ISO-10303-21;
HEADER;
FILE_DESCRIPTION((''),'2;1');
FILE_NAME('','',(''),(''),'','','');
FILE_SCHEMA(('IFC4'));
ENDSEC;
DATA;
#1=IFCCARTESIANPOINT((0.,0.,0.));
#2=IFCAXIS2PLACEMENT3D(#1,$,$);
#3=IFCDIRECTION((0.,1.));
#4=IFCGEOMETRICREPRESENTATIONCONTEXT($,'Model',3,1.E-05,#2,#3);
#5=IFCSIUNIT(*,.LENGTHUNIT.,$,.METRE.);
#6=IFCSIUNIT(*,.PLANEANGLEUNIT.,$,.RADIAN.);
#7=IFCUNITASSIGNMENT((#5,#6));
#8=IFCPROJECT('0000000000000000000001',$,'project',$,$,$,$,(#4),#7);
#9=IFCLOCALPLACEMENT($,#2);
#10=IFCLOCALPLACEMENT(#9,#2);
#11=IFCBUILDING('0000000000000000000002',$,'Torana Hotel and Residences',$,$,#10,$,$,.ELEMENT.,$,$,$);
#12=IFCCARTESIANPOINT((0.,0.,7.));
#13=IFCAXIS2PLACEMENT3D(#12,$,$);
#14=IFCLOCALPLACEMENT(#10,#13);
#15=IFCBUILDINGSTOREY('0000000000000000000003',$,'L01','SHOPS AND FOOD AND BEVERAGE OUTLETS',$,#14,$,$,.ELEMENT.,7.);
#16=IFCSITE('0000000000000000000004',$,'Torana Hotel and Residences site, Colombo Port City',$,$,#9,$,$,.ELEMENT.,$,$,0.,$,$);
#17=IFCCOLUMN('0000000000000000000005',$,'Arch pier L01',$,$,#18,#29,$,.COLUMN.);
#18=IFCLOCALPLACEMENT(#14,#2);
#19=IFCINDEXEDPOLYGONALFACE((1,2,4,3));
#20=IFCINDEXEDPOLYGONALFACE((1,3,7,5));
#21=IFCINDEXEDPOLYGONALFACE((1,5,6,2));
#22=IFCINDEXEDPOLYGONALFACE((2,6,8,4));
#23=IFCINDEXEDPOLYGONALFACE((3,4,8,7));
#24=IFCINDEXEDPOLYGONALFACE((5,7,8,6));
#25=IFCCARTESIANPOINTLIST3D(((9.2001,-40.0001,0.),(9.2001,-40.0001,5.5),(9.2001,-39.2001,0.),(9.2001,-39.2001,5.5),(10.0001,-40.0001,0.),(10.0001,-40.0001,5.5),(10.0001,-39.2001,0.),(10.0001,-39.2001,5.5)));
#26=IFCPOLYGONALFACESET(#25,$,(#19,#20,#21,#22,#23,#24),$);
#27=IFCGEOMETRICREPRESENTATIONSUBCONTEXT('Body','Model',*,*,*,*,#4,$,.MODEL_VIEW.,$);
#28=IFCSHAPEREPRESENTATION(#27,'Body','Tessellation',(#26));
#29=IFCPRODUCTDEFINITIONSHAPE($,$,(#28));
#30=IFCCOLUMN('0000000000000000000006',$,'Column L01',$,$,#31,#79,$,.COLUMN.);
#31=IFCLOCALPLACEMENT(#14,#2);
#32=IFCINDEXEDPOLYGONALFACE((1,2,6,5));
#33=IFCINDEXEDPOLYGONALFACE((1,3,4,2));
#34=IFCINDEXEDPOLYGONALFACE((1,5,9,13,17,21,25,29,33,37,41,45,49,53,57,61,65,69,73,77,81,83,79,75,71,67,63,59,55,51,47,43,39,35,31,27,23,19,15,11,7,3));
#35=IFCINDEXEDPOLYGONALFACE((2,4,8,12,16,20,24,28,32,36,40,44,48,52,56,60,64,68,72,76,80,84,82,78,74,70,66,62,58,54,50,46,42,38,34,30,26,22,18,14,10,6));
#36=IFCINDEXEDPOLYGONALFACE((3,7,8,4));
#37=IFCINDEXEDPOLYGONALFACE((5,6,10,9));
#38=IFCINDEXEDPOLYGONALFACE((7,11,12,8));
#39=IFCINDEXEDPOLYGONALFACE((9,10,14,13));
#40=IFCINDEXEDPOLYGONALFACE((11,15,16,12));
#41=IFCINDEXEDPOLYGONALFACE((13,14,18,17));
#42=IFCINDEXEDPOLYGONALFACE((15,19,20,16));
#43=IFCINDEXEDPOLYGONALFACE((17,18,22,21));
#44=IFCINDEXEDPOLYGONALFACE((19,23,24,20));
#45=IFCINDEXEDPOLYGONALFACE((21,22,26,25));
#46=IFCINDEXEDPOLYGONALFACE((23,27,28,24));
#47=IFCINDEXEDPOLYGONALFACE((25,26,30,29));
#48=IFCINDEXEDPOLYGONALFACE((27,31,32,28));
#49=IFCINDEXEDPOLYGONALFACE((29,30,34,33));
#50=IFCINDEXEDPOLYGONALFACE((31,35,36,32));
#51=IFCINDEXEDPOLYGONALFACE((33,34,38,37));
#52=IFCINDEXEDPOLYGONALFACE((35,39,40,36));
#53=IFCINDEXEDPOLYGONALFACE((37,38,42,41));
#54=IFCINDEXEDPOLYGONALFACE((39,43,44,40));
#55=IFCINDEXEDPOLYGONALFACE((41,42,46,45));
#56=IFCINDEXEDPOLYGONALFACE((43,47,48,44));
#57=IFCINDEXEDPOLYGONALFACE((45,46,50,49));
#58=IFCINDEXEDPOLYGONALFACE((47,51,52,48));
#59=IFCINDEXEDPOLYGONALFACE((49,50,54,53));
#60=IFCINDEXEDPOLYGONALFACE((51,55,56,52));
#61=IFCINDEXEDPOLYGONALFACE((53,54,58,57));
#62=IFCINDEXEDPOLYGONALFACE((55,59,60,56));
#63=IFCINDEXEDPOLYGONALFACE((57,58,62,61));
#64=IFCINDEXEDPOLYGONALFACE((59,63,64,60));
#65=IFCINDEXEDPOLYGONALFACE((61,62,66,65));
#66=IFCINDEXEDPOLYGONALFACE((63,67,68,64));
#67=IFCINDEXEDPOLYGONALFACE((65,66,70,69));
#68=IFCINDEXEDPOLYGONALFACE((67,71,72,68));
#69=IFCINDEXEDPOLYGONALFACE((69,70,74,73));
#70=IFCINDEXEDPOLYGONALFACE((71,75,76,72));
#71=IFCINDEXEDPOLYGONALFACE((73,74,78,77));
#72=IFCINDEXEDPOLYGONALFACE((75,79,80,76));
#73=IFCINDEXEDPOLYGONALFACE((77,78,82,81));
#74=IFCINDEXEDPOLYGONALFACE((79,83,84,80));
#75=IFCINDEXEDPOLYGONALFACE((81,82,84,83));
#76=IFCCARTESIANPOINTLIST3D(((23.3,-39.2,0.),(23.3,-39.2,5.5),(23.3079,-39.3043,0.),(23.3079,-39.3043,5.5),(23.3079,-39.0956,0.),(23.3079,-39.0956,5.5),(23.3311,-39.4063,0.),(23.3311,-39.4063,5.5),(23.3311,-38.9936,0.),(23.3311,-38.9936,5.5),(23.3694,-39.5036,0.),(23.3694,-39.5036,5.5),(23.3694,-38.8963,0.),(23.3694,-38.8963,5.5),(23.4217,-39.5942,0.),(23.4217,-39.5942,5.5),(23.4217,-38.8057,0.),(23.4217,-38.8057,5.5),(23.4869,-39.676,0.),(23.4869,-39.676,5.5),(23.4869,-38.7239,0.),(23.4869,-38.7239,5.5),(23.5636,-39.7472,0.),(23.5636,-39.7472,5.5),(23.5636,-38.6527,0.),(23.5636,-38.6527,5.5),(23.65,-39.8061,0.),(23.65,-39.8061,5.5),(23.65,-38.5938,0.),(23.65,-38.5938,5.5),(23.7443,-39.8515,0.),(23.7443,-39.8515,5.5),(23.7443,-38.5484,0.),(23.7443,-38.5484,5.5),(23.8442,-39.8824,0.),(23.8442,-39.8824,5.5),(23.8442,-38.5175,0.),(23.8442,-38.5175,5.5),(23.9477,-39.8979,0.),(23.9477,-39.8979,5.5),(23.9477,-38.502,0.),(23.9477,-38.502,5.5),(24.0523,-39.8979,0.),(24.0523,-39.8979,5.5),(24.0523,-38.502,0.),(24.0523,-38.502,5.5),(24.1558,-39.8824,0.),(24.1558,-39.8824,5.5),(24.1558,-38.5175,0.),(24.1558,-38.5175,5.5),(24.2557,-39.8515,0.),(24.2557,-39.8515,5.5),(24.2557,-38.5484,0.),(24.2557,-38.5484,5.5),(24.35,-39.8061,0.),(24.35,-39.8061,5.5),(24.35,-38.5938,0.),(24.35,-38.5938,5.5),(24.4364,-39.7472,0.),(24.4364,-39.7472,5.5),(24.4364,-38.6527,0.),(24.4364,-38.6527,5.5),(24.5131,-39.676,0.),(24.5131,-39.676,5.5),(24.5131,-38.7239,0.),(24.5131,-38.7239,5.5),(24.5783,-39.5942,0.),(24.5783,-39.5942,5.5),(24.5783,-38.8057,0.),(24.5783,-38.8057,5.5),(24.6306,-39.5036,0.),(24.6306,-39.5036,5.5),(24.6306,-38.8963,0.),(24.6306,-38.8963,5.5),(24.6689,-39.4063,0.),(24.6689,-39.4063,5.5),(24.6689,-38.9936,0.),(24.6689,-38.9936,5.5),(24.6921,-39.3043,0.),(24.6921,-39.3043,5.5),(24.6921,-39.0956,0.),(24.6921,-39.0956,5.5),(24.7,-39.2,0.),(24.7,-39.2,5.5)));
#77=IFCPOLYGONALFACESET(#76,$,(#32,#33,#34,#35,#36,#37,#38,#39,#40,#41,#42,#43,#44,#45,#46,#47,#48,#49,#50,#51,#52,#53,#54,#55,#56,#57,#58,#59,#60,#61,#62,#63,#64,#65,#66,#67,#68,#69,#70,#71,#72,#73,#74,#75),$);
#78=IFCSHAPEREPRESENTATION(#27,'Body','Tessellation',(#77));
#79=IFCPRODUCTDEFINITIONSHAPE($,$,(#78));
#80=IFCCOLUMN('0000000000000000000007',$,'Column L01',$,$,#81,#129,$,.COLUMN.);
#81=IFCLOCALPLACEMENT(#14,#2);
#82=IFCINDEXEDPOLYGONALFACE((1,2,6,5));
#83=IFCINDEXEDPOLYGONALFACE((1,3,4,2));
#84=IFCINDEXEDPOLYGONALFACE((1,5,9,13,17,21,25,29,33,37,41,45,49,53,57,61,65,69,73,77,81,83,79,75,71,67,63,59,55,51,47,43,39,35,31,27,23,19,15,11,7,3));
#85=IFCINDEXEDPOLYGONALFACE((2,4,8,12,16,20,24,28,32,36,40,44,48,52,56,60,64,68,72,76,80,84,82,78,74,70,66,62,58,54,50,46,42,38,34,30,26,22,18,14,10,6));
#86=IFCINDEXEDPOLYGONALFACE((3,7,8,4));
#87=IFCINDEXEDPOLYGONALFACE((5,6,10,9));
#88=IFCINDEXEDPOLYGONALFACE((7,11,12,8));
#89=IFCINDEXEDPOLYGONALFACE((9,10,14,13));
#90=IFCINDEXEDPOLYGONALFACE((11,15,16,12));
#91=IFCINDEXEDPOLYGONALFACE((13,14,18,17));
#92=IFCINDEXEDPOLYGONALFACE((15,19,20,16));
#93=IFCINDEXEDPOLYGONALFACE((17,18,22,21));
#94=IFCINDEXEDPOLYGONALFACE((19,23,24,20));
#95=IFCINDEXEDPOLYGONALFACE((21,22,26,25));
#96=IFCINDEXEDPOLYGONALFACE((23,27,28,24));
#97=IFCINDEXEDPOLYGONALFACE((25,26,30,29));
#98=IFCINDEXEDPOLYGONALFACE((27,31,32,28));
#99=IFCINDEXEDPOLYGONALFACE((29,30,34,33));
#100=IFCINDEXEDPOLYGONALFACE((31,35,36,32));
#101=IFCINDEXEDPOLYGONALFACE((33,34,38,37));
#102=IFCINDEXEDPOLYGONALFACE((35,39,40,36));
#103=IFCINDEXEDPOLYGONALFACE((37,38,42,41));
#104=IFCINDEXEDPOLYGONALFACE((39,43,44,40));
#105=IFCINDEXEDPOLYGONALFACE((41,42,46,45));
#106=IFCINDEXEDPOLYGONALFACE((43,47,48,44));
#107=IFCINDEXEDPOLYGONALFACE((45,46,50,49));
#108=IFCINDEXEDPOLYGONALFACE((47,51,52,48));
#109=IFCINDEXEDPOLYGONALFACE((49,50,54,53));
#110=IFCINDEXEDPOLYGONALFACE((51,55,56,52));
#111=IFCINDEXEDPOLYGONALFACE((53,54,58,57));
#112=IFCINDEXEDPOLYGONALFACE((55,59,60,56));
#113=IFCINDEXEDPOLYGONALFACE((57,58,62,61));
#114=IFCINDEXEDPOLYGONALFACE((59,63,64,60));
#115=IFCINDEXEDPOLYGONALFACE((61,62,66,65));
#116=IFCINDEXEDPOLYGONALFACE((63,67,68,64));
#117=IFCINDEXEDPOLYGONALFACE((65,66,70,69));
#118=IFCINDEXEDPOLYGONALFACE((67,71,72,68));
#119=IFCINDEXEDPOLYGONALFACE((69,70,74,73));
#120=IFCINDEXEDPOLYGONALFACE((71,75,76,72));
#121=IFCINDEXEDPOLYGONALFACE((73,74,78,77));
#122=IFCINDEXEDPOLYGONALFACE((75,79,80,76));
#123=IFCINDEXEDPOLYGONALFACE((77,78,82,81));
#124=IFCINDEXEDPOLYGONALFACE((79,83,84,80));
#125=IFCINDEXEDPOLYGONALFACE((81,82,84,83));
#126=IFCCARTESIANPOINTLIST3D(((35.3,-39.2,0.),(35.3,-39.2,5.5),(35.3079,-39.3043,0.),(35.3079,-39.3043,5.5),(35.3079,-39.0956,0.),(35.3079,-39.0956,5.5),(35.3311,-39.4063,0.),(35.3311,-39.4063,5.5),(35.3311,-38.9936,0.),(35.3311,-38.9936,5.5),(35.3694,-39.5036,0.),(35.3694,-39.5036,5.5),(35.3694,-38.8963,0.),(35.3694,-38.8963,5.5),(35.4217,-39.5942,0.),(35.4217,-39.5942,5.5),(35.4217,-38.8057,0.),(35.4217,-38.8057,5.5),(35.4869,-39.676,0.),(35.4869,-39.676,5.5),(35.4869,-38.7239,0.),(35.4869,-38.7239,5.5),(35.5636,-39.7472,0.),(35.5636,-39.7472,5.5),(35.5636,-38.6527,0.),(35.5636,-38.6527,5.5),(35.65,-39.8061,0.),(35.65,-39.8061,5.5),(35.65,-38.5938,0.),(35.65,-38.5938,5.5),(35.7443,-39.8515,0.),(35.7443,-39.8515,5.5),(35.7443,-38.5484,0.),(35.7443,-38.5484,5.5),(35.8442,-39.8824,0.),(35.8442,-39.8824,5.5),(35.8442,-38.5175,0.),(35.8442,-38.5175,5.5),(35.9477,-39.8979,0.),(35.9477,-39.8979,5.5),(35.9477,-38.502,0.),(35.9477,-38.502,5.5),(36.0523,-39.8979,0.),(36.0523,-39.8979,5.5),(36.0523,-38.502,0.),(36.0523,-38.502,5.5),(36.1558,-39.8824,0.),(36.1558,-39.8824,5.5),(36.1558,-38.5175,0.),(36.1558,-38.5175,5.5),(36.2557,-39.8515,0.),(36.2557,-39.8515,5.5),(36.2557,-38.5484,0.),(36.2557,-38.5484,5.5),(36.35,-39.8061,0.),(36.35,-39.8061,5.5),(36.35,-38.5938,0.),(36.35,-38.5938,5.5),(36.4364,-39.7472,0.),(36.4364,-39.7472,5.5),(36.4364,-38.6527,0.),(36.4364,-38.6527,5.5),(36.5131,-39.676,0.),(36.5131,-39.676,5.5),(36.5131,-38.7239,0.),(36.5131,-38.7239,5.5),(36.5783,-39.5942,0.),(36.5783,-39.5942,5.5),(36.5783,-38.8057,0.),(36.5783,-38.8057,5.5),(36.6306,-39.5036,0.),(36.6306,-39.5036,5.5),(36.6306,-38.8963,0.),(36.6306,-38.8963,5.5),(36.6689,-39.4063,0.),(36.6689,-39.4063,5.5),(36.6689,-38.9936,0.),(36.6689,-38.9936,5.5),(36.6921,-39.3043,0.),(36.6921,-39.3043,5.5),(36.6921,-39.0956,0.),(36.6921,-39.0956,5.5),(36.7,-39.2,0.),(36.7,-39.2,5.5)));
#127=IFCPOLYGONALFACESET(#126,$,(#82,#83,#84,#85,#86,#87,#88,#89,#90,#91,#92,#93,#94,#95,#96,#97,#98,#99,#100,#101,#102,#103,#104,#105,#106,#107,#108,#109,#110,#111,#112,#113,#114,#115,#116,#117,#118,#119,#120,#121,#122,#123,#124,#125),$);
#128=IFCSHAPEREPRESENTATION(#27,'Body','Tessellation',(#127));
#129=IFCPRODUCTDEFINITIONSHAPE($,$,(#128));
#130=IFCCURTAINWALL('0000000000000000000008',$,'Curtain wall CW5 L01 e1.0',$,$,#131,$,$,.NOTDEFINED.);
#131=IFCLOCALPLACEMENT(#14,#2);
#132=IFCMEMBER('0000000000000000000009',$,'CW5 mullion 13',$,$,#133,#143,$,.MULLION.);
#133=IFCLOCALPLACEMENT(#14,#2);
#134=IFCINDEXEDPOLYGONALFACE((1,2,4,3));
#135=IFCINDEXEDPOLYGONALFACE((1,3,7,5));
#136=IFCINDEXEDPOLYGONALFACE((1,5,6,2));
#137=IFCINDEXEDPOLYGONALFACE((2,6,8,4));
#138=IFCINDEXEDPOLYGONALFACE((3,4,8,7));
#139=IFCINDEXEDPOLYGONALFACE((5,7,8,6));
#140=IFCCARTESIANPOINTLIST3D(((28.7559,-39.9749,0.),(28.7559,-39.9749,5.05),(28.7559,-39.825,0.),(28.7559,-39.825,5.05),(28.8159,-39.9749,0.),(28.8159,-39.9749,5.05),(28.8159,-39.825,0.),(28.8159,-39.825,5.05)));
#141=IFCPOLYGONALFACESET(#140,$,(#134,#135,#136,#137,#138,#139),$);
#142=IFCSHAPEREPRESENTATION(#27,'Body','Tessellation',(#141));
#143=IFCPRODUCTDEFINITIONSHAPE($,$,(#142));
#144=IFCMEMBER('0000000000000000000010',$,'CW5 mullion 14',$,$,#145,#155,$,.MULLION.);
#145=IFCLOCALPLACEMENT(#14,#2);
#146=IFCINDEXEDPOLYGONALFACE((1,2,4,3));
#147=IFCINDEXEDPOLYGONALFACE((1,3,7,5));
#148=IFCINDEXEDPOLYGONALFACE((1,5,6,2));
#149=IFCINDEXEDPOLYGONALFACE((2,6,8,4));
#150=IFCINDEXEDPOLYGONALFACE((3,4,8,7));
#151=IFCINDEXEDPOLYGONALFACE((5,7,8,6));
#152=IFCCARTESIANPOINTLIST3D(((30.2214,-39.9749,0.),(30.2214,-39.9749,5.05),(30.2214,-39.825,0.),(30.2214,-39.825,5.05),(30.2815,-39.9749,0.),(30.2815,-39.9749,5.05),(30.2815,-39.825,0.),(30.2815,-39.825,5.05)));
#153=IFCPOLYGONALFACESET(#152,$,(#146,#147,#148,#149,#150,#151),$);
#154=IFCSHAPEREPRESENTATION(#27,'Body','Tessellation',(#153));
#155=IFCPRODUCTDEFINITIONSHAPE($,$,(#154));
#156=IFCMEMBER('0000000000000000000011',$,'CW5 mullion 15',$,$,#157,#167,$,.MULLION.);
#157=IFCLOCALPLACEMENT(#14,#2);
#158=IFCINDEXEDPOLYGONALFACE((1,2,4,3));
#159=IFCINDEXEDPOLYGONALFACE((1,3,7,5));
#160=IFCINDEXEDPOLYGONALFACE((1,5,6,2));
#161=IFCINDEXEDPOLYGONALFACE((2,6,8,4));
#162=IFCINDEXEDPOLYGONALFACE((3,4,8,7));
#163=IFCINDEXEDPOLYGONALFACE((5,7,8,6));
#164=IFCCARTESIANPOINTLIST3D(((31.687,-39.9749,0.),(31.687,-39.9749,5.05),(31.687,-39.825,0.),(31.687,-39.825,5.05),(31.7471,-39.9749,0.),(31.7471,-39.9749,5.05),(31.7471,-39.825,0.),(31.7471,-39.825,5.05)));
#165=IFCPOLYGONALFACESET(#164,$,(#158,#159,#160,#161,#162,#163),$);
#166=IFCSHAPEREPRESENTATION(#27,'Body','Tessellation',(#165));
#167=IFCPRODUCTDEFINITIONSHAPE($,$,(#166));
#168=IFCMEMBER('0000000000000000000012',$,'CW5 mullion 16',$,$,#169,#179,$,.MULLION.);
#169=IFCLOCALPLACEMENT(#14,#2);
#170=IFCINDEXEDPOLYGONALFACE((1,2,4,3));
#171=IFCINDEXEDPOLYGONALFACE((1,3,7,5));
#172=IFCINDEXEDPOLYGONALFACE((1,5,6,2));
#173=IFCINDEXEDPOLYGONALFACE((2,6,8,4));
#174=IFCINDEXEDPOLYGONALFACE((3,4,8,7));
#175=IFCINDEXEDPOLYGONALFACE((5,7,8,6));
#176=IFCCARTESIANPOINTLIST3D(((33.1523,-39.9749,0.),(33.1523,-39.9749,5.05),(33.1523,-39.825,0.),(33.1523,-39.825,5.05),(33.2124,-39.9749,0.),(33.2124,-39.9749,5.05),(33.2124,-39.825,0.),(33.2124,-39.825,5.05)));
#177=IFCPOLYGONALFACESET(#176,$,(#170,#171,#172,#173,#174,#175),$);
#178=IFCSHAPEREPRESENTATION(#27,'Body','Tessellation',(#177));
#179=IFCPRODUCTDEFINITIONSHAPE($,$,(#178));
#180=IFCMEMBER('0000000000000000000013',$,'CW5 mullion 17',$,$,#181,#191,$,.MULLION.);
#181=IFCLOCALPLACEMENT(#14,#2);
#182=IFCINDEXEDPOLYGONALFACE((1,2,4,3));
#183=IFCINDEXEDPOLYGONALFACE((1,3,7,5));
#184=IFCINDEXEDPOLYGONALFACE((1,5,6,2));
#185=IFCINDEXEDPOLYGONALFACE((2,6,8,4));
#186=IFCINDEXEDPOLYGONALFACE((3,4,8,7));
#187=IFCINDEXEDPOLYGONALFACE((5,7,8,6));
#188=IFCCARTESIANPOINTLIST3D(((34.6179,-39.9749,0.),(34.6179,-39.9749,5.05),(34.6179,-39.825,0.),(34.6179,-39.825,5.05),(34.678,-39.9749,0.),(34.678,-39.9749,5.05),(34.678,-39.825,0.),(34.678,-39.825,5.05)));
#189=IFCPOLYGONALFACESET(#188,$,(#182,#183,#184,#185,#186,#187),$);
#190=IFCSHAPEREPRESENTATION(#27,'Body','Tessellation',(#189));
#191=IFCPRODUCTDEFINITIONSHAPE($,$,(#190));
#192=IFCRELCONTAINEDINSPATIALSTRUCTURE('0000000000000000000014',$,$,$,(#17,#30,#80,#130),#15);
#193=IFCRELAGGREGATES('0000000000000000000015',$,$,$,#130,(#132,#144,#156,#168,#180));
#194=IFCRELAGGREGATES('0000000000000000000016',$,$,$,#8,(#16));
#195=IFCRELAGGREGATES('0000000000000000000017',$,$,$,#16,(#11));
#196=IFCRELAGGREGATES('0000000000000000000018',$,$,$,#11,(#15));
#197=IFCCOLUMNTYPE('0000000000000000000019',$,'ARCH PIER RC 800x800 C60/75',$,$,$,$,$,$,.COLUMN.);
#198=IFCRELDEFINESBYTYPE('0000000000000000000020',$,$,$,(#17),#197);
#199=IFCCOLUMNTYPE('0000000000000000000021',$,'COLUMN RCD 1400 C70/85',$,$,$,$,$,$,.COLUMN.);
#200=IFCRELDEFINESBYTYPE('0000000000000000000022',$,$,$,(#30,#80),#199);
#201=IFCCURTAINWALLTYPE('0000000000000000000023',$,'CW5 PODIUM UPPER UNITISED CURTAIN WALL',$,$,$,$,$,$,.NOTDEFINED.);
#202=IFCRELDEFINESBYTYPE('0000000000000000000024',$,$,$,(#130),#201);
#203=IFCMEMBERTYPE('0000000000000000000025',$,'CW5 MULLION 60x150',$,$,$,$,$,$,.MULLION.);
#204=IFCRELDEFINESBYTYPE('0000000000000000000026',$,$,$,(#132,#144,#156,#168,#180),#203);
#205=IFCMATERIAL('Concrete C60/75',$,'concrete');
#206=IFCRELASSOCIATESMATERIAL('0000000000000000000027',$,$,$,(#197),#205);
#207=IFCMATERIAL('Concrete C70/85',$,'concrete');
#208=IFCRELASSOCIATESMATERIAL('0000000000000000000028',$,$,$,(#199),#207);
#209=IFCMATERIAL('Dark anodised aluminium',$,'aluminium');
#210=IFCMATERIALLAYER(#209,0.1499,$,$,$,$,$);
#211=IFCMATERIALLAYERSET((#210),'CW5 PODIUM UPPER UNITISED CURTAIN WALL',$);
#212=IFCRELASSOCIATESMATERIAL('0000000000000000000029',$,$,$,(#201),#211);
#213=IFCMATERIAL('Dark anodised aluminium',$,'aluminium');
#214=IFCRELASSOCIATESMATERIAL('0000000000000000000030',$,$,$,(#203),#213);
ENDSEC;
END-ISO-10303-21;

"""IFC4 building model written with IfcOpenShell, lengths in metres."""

from ifc_helpers import new_model, si_unit, direction, frame, origin, origin_2d, place, context, subcontext, project, spatial, rectangle, circle, extrude, material, layer, layer_set, material_profile, profile_set, type_object, element, aggregate, save


model = new_model("IFC4")

# Units and contexts
model_context = context("Model", 3, precision=1e-05, world=origin(), true_north=direction((0.0, 1.0)))
body_context = subcontext(model_context, "Body", "Model", "MODEL_VIEW")
ifc_project = project(units=[si_unit("LENGTHUNIT", "METRE"), si_unit("PLANEANGLEUNIT", "RADIAN")], contexts=[model_context])

# Site, building, storey
site_placement = place(None, origin())
site = spatial("IfcSite", under=ifc_project, at=site_placement, Name="Torana Hotel and Residences site, Colombo Port City", CompositionType="ELEMENT", RefElevation=0.0)
building_placement = place(site_placement, origin())
building = spatial("IfcBuilding", under=site, at=building_placement, Name="Torana Hotel and Residences", CompositionType="ELEMENT")
storey_placement = place(building_placement, frame((0.0, 0.0, 7.0)))
storey = spatial("IfcBuildingStorey", under=building, at=storey_placement, Name="L01", Description="SHOPS AND FOOD AND BEVERAGE OUTLETS", CompositionType="ELEMENT", Elevation=7.0)

# Columns
ifc_material_1 = material(Name="Concrete C60/75", Category="concrete")
ifc_material_profile_1 = material_profile(ifc_material_1, rectangle(XDim=0.8, YDim=0.8, at=origin_2d()), Name="RC 800x800")
ifc_profile_set_1 = profile_set([ifc_material_profile_1], Name="Concrete C60/75")
column_type_1 = type_object("IfcColumnType", Name="ARCH PIER RC 800x800 C60/75", PredefinedType="COLUMN", material=ifc_profile_set_1)
column_placement = place(storey_placement, frame((9.6001, -39.6001, 0.0), z_axis=(0.0, 0.0, 1.0), x_axis=(1.0, 0.0, 0.0)))
element("IfcColumn", 1, at=column_placement, inside=storey, type_object=column_type_1, Name="Arch pier L01", PredefinedType="COLUMN", context=body_context, shape_type="SweptSolid", body=[
    extrude(rectangle(XDim=0.8, YDim=0.8, at=origin_2d()), origin(), (0.0, 0.0, 1.0), 5.5),
])
ifc_material_2 = material(Name="Concrete C70/85", Category="concrete")
ifc_material_profile_2 = material_profile(ifc_material_2, circle(Radius=0.7, at=origin_2d()), Name="RCD 1400")
ifc_profile_set_2 = profile_set([ifc_material_profile_2], Name="Concrete C70/85")
column_type_2 = type_object("IfcColumnType", Name="COLUMN RCD 1400 C70/85", PredefinedType="COLUMN", material=ifc_profile_set_2)
for number, where, z_axis, x_axis, name in (
    (2, (24.0, -39.2, 0.0), (0.0, 0.0, 1.0), (1.0, 0.0, 0.0), "Column L01"),
    (3, (36.0, -39.2, 0.0), (0.0, 0.0, 1.0), (1.0, 0.0, 0.0), "Column L01"),
):
    element("IfcColumn", number, at=place(storey_placement, frame(where, z_axis=z_axis, x_axis=x_axis)), inside=storey, type_object=column_type_2, Name=name, PredefinedType="COLUMN", context=body_context, shape_type="SweptSolid", body=[
        extrude(circle(Radius=0.7, at=origin_2d()), origin(), (0.0, 0.0, 1.0), 5.5),
    ])

# Curtain wall, members
ifc_material_3 = material(Name="Dark anodised aluminium", Category="aluminium")
ifc_layer_1 = layer(ifc_material_3, 0.1499)
ifc_layer_set_1 = layer_set([ifc_layer_1], Name="CW5 PODIUM UPPER UNITISED CURTAIN WALL")
curtain_wall_type = type_object("IfcCurtainWallType", Name="CW5 PODIUM UPPER UNITISED CURTAIN WALL", PredefinedType="NOTDEFINED", material=ifc_layer_set_1)
curtain_wall_placement = place(storey_placement, origin())
curtain_wall = element("IfcCurtainWall", 4, at=curtain_wall_placement, inside=storey, type_object=curtain_wall_type, Name="Curtain wall CW5 L01 e1.0", PredefinedType="NOTDEFINED")
ifc_material_4 = material(Name="Dark anodised aluminium", Category="aluminium")
ifc_material_profile_3 = material_profile(ifc_material_4, rectangle(XDim=0.1499, YDim=0.0601, at=origin_2d()), Name="CW5 MULLION 60x150")
ifc_profile_set_3 = profile_set([ifc_material_profile_3], Name="Dark anodised aluminium")
member_type_1 = type_object("IfcMemberType", Name="CW5 MULLION 60x150", PredefinedType="MULLION", material=ifc_profile_set_3)
member_1_placement = place(storey_placement, frame((28.7859, -39.8999, 0.0), z_axis=(0.0, 0.0, 1.0), x_axis=(0.0, 1.0, 0.0)))
member_1 = element("IfcMember", 5, at=member_1_placement, type_object=member_type_1, Name="CW5 mullion 13", PredefinedType="MULLION", context=body_context, shape_type="SweptSolid", body=[
    extrude(rectangle(XDim=0.1499, YDim=0.0601, at=origin_2d()), origin(), (0.0, 0.0, 1.0), 5.05),
])
member_2_placement = place(storey_placement, frame((30.2515, -39.8999, 0.0), z_axis=(0.0, 0.0, 1.0), x_axis=(0.0, 1.0, 0.0)))
member_2 = element("IfcMember", 6, at=member_2_placement, type_object=member_type_1, Name="CW5 mullion 14", PredefinedType="MULLION", context=body_context, shape_type="SweptSolid", body=[
    extrude(rectangle(XDim=0.1499, YDim=0.0601, at=origin_2d()), origin(), (0.0, 0.0, 1.0), 5.05),
])
member_3_placement = place(storey_placement, frame((31.717, -39.8999, 0.0), z_axis=(0.0, 0.0, 1.0), x_axis=(0.0, 1.0, 0.0)))
member_3 = element("IfcMember", 7, at=member_3_placement, type_object=member_type_1, Name="CW5 mullion 15", PredefinedType="MULLION", context=body_context, shape_type="SweptSolid", body=[
    extrude(rectangle(XDim=0.1499, YDim=0.0601, at=origin_2d()), origin(), (0.0, 0.0, 1.0), 5.05),
])
member_4_placement = place(storey_placement, frame((33.1824, -39.8999, 0.0), z_axis=(0.0, 0.0, 1.0), x_axis=(0.0, 1.0, 0.0)))
member_4 = element("IfcMember", 8, at=member_4_placement, type_object=member_type_1, Name="CW5 mullion 16", PredefinedType="MULLION", context=body_context, shape_type="SweptSolid", body=[
    extrude(rectangle(XDim=0.1499, YDim=0.0601, at=origin_2d()), origin(), (0.0, 0.0, 1.0), 5.05),
])
member_5_placement = place(storey_placement, frame((34.6479, -39.8999, 0.0), z_axis=(0.0, 0.0, 1.0), x_axis=(0.0, 1.0, 0.0)))
member_5 = element("IfcMember", 9, at=member_5_placement, type_object=member_type_1, Name="CW5 mullion 17", PredefinedType="MULLION", context=body_context, shape_type="SweptSolid", body=[
    extrude(rectangle(XDim=0.1499, YDim=0.0601, at=origin_2d()), origin(), (0.0, 0.0, 1.0), 5.05),
])
aggregate(curtain_wall, [member_1, member_2, member_3, member_4, member_5])

save(model, "model.ifc")
